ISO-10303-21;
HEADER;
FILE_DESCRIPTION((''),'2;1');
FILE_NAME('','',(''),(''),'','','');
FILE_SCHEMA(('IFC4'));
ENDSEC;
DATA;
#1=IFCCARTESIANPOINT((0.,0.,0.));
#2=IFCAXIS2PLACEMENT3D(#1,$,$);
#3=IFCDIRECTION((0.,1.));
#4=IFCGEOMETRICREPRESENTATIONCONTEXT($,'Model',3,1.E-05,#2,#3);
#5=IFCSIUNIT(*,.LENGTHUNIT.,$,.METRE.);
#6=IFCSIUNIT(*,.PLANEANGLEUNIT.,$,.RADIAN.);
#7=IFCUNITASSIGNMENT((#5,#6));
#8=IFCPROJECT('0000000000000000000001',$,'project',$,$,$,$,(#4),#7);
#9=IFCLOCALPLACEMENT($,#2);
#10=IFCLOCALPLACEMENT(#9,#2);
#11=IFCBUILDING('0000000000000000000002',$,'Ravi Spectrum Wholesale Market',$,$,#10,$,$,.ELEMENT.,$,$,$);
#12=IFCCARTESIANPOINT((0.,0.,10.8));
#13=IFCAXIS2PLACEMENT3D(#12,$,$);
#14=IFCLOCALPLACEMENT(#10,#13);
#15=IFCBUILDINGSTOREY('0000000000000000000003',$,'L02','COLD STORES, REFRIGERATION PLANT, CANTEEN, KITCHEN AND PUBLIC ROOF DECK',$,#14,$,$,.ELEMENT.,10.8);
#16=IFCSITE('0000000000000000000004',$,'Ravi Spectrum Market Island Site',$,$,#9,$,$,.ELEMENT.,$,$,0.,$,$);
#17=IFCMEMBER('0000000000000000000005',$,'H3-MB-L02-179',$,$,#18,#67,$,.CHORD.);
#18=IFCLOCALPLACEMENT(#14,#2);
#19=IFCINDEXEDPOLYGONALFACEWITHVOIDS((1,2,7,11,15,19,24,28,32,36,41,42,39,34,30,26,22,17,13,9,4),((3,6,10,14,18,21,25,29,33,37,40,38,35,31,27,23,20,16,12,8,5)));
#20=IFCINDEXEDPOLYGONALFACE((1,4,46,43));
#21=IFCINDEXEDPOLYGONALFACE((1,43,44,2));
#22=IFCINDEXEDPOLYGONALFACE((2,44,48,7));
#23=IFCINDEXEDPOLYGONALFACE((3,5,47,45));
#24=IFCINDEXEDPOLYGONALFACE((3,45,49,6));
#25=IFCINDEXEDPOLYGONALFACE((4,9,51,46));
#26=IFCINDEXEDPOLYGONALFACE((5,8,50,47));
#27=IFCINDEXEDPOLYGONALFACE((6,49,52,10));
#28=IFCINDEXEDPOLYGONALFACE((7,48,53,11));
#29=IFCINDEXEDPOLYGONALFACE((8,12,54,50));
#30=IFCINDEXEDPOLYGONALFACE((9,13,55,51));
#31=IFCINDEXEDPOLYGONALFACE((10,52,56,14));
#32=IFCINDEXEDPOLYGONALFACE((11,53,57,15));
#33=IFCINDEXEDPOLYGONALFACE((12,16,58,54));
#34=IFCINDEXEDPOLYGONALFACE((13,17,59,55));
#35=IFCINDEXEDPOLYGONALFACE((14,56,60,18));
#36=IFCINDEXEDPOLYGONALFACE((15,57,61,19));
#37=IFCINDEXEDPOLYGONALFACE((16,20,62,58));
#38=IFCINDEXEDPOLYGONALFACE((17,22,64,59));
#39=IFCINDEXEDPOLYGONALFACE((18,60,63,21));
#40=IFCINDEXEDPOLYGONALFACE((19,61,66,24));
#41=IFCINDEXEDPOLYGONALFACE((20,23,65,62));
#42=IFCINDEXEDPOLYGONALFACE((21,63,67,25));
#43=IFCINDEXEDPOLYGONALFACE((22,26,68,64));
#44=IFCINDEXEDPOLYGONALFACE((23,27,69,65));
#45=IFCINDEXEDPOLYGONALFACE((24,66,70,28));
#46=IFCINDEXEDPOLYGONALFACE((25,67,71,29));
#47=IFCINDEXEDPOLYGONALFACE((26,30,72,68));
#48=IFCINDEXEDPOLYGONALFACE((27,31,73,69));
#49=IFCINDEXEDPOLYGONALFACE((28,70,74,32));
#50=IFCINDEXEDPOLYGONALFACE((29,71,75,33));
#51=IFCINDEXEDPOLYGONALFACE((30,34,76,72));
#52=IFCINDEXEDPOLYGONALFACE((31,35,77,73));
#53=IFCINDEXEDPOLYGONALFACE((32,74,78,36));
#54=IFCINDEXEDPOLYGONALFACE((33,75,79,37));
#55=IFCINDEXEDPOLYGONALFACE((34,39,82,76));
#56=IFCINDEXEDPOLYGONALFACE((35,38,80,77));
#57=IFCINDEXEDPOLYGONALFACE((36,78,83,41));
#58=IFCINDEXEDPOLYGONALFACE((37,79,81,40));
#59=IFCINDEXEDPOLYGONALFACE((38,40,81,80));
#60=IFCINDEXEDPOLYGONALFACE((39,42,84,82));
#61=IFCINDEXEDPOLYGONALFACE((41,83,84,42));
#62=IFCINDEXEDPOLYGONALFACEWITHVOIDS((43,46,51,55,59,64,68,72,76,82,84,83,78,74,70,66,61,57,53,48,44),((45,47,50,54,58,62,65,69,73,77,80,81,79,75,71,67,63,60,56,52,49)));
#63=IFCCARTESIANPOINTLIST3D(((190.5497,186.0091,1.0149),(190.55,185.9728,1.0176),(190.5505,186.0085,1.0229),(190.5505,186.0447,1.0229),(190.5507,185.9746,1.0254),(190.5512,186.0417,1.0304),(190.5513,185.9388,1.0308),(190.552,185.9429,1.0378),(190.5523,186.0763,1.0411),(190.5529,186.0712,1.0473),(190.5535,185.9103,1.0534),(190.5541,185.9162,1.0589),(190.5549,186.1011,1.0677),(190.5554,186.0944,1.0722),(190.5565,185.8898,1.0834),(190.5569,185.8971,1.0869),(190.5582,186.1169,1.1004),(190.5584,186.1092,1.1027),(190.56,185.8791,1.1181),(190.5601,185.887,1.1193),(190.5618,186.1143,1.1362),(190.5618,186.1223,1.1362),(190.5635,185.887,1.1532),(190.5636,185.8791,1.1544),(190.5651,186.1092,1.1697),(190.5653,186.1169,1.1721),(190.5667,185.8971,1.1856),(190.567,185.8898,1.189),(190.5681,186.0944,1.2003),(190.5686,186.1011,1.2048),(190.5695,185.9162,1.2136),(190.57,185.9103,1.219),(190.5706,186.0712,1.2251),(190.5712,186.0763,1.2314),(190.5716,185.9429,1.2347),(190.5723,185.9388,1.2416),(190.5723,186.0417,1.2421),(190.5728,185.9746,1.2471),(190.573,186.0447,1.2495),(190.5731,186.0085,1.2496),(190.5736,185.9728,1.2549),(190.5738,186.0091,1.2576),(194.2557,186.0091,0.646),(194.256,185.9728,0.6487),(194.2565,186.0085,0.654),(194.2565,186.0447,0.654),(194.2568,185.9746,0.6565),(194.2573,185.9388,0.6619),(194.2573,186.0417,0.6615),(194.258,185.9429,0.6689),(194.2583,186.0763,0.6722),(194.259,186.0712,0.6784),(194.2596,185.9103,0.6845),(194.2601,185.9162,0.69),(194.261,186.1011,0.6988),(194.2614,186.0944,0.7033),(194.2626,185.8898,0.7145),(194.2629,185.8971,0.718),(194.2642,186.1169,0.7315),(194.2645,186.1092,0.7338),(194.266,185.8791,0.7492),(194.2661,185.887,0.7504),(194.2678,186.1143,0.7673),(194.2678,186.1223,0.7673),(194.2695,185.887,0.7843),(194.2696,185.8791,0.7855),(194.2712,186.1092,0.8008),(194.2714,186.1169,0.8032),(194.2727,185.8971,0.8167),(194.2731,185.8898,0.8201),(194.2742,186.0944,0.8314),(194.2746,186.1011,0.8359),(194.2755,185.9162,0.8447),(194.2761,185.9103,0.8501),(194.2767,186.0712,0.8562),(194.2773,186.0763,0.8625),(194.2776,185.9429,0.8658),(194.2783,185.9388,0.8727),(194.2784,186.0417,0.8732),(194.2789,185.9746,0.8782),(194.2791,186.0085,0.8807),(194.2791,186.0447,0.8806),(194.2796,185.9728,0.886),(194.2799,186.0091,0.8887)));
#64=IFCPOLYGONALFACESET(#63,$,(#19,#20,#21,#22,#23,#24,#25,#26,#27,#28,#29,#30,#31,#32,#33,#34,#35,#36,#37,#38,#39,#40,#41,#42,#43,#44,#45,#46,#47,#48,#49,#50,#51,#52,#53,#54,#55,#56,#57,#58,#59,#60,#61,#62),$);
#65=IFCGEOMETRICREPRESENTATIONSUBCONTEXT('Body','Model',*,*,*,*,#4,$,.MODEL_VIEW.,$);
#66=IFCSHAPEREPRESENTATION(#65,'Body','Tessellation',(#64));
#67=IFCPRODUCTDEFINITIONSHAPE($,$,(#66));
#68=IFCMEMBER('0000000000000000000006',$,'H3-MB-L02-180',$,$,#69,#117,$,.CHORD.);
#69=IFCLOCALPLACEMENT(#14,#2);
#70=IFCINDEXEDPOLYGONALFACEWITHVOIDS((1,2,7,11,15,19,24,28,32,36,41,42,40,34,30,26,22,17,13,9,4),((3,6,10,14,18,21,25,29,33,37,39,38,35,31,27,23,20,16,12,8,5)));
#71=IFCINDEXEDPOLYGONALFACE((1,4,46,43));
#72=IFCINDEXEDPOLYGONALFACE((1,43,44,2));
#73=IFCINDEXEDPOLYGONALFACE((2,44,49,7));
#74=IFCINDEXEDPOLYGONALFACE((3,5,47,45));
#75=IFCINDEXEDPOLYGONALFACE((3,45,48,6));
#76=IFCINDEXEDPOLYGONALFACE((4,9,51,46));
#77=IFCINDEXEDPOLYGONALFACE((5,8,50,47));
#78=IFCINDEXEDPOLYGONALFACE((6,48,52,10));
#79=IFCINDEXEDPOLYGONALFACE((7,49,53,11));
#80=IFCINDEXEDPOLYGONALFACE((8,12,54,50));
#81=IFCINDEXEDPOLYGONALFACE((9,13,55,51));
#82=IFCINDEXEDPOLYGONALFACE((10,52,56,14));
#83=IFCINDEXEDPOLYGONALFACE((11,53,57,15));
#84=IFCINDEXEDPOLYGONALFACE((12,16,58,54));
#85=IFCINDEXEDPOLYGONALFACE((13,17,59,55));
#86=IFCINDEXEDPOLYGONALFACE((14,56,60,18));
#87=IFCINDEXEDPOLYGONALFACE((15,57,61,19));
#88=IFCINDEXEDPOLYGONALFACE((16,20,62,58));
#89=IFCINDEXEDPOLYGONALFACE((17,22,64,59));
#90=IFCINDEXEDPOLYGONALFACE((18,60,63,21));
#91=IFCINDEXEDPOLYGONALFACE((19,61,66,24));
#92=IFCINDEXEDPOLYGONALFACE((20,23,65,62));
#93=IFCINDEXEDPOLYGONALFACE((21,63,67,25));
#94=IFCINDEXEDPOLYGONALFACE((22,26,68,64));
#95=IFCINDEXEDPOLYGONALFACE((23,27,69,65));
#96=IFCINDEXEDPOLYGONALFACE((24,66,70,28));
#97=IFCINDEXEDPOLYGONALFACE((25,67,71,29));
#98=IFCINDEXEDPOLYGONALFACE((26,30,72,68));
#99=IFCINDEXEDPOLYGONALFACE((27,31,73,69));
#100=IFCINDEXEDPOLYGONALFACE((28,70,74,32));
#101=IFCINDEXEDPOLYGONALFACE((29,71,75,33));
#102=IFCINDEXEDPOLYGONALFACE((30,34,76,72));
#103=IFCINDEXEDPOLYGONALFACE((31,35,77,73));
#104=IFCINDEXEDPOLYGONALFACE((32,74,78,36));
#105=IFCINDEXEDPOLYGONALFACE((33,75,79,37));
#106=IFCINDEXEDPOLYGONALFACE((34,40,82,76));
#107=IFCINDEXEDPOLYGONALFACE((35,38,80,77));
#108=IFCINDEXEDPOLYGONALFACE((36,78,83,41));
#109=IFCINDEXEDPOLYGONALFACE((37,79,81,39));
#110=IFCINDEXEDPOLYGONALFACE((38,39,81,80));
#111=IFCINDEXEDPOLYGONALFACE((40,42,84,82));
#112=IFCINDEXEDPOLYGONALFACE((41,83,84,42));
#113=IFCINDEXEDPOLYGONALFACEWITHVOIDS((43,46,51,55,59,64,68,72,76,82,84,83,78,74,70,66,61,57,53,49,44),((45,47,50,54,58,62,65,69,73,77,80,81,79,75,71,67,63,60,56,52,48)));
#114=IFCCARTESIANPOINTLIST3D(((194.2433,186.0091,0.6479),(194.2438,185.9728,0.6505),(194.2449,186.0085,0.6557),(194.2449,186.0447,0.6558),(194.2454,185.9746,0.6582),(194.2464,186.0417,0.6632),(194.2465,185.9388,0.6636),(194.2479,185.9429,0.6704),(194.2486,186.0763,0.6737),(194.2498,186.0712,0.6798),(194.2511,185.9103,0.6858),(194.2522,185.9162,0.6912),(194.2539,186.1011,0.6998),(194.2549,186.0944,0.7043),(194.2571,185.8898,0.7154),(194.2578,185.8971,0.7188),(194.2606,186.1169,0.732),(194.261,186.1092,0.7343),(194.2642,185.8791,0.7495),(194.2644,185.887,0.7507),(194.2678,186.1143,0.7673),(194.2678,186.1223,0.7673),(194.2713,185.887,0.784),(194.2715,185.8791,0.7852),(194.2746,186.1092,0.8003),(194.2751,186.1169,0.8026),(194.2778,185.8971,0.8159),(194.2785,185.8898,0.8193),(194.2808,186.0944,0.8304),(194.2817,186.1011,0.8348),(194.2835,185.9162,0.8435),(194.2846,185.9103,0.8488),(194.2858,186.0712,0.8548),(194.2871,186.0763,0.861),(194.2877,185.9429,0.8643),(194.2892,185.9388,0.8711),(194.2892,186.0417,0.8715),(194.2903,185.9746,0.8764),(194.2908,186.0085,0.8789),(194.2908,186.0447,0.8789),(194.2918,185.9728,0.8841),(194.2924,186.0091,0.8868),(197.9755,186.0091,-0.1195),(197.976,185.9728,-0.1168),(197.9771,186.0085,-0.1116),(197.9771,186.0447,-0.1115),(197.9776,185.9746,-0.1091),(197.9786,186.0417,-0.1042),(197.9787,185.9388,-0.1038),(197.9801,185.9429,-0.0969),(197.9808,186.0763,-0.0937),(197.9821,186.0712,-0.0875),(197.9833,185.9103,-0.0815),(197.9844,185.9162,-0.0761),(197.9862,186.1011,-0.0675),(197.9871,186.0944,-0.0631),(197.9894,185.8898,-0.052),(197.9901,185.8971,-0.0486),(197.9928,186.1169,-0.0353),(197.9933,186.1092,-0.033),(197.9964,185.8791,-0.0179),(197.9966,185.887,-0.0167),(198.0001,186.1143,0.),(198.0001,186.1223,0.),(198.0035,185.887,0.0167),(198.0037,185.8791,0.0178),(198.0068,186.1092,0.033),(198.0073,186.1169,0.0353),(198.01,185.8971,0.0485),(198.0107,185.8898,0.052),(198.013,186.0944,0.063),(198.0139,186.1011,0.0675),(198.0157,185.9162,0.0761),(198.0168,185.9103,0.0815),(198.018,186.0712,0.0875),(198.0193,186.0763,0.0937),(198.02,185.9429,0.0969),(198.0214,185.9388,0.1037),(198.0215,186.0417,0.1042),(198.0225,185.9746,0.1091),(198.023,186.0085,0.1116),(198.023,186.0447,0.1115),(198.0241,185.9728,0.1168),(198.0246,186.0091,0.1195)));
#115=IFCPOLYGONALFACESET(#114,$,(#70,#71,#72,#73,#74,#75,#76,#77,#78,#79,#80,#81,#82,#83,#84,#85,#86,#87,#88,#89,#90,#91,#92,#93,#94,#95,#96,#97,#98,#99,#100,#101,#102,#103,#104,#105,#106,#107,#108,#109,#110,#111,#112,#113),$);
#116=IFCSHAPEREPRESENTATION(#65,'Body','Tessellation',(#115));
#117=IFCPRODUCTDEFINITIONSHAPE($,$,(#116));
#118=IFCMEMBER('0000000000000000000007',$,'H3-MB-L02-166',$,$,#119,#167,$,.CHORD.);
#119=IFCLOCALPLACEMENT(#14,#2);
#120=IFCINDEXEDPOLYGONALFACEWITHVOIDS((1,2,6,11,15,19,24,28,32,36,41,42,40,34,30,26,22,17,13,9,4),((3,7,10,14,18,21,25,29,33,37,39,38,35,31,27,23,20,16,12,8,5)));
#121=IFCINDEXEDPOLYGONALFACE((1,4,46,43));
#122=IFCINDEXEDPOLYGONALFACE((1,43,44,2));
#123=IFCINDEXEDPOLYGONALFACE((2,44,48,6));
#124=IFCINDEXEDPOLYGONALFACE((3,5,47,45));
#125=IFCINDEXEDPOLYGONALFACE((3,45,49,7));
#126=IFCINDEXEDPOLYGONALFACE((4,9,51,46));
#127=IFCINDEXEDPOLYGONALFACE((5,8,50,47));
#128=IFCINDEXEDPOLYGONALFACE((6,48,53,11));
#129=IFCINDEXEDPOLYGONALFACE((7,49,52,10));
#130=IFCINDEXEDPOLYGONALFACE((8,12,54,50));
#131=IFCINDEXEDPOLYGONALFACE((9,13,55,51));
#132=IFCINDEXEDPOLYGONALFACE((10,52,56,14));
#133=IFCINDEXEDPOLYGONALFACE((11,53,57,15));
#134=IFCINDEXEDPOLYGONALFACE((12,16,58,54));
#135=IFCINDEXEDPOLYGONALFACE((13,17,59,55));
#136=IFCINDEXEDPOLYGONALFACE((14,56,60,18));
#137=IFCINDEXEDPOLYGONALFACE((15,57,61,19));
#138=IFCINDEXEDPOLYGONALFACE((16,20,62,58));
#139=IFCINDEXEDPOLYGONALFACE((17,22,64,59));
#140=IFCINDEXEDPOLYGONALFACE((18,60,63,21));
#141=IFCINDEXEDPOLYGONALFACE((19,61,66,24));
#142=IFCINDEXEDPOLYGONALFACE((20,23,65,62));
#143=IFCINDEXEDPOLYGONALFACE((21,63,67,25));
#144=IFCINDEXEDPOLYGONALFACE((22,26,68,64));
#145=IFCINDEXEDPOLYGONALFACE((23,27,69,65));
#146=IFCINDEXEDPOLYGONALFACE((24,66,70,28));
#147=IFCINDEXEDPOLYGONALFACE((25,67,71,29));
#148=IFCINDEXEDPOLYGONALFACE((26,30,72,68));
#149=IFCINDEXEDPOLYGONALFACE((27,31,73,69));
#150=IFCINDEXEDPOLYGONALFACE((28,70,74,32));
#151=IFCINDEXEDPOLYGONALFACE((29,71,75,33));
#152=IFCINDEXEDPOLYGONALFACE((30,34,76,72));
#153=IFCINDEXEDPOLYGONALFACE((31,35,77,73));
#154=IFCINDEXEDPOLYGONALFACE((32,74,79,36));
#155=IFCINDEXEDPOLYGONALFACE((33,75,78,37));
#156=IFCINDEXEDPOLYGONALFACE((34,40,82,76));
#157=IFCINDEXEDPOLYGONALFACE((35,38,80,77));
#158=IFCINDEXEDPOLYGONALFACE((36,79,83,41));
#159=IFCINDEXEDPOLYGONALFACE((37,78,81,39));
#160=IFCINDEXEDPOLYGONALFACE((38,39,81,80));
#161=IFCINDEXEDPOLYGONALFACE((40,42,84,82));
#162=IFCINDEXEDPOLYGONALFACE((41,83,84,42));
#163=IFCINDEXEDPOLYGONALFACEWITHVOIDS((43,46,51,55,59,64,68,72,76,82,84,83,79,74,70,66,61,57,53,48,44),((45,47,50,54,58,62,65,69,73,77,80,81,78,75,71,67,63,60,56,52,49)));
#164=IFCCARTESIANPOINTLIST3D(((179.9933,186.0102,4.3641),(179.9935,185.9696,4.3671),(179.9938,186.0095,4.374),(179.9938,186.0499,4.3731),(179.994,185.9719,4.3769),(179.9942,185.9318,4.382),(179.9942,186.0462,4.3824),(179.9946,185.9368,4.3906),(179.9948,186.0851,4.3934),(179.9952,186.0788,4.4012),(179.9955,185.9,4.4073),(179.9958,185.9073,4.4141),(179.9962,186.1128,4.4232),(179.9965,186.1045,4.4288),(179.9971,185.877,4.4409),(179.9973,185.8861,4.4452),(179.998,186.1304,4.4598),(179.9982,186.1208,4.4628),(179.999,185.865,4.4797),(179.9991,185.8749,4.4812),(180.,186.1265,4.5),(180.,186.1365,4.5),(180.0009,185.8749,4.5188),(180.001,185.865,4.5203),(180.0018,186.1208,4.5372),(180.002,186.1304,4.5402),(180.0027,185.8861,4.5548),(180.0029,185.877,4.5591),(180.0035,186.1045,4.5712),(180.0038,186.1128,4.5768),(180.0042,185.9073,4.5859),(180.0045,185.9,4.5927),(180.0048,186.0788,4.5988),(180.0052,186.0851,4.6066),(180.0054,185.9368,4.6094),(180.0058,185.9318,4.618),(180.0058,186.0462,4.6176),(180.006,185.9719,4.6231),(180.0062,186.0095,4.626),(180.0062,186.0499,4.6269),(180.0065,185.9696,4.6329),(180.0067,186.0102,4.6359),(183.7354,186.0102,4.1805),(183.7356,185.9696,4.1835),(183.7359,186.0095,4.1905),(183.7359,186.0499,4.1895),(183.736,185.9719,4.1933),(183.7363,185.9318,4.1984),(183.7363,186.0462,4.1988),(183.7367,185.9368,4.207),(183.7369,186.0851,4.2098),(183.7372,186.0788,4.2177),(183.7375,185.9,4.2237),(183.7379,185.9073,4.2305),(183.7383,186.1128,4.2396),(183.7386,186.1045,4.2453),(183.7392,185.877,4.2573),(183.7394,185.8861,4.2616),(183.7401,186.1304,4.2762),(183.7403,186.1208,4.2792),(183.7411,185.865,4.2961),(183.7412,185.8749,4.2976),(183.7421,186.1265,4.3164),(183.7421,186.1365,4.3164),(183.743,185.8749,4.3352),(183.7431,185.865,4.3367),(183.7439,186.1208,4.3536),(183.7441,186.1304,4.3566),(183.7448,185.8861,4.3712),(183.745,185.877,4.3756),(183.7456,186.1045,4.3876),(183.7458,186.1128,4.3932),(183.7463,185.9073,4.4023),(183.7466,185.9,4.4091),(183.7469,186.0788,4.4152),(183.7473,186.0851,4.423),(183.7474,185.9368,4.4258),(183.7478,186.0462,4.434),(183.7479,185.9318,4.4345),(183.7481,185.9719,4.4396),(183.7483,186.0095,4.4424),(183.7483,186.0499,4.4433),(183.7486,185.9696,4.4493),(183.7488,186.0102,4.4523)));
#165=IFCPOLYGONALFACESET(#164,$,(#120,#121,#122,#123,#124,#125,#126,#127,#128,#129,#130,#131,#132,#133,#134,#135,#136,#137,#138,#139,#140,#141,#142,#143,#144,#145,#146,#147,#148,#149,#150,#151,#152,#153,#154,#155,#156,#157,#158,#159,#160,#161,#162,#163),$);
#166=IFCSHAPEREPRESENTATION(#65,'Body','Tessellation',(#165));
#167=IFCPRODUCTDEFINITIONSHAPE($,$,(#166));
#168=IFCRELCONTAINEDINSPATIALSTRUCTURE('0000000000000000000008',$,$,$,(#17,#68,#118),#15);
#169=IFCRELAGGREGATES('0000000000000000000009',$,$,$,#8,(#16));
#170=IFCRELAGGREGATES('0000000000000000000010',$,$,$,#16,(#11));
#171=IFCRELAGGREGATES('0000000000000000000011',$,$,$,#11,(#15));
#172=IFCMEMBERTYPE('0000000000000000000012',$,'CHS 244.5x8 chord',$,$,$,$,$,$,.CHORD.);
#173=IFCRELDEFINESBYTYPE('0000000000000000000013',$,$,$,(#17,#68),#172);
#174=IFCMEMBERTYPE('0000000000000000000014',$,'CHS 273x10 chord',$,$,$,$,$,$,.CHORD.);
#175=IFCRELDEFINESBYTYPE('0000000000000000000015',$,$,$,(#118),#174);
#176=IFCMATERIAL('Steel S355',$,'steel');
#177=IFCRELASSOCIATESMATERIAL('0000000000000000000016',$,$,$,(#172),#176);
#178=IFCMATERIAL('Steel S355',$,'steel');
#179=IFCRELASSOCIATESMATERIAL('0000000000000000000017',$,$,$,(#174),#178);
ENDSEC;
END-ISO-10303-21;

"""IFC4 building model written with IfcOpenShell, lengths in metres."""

from ifc_helpers import new_model, si_unit, direction, frame, origin, origin_2d, place, context, subcontext, project, spatial, hollow_circle, extrude, material, material_profile, profile_set, type_object, element, save


model = new_model("IFC4")

# Units and contexts
model_context = context("Model", 3, precision=1e-05, world=origin(), true_north=direction((0.0, 1.0)))
body_context = subcontext(model_context, "Body", "Model", "MODEL_VIEW")
ifc_project = project(units=[si_unit("LENGTHUNIT", "METRE"), si_unit("PLANEANGLEUNIT", "RADIAN")], contexts=[model_context])

# Site, building, storey
site_placement = place(None, origin())
site = spatial("IfcSite", under=ifc_project, at=site_placement, Name="Ravi Spectrum Market Island Site", CompositionType="ELEMENT", RefElevation=0.0)
building_placement = place(site_placement, origin())
building = spatial("IfcBuilding", under=site, at=building_placement, Name="Ravi Spectrum Wholesale Market", CompositionType="ELEMENT")
storey_placement = place(building_placement, frame((0.0, 0.0, 10.8)))
storey = spatial("IfcBuildingStorey", under=building, at=storey_placement, Name="L02", Description="COLD STORES, REFRIGERATION PLANT, CANTEEN, KITCHEN AND PUBLIC ROOF DECK", CompositionType="ELEMENT", Elevation=10.8)

# Members
ifc_material_1 = material(Name="Steel S355", Category="steel")
ifc_material_profile_1 = material_profile(ifc_material_1, hollow_circle(Radius=0.1223, WallThickness=0.0081, at=origin_2d()))
ifc_profile_set_1 = profile_set([ifc_material_profile_1], Name="Steel S355")
member_type_1 = type_object("IfcMemberType", Name="CHS 244.5x8 chord", PredefinedType="CHORD", material=ifc_profile_set_1)
member_1_placement = place(storey_placement, frame((190.5618, 186.0, 1.1362), z_axis=(0.995083, 0.0, -0.099049), x_axis=(0.0, 1.0, 0.0)))
element("IfcMember", 1, at=member_1_placement, inside=storey, type_object=member_type_1, Name="H3-MB-L02-179", PredefinedType="CHORD", context=body_context, shape_type="SweptSolid", body=[
    extrude(hollow_circle(Radius=0.1223, WallThickness=0.0081, at=origin_2d()), origin(), (0.0, 0.0, 1.0), 3.7244),
])
member_2_placement = place(storey_placement, frame((194.2678, 186.0, 0.7673), z_axis=(0.979512, 0.0, -0.201387), x_axis=(0.0, 1.0, 0.0)))
element("IfcMember", 2, at=member_2_placement, inside=storey, type_object=member_type_1, Name="H3-MB-L02-180", PredefinedType="CHORD", context=body_context, shape_type="SweptSolid", body=[
    extrude(hollow_circle(Radius=0.1223, WallThickness=0.0081, at=origin_2d()), origin(), (0.0, 0.0, 1.0), 3.8103),
])
ifc_material_2 = material(Name="Steel S355", Category="steel")
ifc_material_profile_2 = material_profile(ifc_material_2, hollow_circle(Radius=0.1365, WallThickness=0.01, at=origin_2d()))
ifc_profile_set_2 = profile_set([ifc_material_profile_2], Name="Steel S355")
member_type_2 = type_object("IfcMemberType", Name="CHS 273x10 chord", PredefinedType="CHORD", material=ifc_profile_set_2)
for number, where, z_axis, x_axis, name in (
    (3, (180.0, 186.0, 4.5), (0.998799, 0.0, -0.049002), (0.0, 1.0, 0.0), "H3-MB-L02-166"),
):
    element("IfcMember", number, at=place(storey_placement, frame(where, z_axis=z_axis, x_axis=x_axis)), inside=storey, type_object=member_type_2, Name=name, PredefinedType="CHORD", context=body_context, shape_type="SweptSolid", body=[
        extrude(hollow_circle(Radius=0.1365, WallThickness=0.01, at=origin_2d()), origin(), (0.0, 0.0, 1.0), 3.7466),
    ])

save(model, "model.ifc")
